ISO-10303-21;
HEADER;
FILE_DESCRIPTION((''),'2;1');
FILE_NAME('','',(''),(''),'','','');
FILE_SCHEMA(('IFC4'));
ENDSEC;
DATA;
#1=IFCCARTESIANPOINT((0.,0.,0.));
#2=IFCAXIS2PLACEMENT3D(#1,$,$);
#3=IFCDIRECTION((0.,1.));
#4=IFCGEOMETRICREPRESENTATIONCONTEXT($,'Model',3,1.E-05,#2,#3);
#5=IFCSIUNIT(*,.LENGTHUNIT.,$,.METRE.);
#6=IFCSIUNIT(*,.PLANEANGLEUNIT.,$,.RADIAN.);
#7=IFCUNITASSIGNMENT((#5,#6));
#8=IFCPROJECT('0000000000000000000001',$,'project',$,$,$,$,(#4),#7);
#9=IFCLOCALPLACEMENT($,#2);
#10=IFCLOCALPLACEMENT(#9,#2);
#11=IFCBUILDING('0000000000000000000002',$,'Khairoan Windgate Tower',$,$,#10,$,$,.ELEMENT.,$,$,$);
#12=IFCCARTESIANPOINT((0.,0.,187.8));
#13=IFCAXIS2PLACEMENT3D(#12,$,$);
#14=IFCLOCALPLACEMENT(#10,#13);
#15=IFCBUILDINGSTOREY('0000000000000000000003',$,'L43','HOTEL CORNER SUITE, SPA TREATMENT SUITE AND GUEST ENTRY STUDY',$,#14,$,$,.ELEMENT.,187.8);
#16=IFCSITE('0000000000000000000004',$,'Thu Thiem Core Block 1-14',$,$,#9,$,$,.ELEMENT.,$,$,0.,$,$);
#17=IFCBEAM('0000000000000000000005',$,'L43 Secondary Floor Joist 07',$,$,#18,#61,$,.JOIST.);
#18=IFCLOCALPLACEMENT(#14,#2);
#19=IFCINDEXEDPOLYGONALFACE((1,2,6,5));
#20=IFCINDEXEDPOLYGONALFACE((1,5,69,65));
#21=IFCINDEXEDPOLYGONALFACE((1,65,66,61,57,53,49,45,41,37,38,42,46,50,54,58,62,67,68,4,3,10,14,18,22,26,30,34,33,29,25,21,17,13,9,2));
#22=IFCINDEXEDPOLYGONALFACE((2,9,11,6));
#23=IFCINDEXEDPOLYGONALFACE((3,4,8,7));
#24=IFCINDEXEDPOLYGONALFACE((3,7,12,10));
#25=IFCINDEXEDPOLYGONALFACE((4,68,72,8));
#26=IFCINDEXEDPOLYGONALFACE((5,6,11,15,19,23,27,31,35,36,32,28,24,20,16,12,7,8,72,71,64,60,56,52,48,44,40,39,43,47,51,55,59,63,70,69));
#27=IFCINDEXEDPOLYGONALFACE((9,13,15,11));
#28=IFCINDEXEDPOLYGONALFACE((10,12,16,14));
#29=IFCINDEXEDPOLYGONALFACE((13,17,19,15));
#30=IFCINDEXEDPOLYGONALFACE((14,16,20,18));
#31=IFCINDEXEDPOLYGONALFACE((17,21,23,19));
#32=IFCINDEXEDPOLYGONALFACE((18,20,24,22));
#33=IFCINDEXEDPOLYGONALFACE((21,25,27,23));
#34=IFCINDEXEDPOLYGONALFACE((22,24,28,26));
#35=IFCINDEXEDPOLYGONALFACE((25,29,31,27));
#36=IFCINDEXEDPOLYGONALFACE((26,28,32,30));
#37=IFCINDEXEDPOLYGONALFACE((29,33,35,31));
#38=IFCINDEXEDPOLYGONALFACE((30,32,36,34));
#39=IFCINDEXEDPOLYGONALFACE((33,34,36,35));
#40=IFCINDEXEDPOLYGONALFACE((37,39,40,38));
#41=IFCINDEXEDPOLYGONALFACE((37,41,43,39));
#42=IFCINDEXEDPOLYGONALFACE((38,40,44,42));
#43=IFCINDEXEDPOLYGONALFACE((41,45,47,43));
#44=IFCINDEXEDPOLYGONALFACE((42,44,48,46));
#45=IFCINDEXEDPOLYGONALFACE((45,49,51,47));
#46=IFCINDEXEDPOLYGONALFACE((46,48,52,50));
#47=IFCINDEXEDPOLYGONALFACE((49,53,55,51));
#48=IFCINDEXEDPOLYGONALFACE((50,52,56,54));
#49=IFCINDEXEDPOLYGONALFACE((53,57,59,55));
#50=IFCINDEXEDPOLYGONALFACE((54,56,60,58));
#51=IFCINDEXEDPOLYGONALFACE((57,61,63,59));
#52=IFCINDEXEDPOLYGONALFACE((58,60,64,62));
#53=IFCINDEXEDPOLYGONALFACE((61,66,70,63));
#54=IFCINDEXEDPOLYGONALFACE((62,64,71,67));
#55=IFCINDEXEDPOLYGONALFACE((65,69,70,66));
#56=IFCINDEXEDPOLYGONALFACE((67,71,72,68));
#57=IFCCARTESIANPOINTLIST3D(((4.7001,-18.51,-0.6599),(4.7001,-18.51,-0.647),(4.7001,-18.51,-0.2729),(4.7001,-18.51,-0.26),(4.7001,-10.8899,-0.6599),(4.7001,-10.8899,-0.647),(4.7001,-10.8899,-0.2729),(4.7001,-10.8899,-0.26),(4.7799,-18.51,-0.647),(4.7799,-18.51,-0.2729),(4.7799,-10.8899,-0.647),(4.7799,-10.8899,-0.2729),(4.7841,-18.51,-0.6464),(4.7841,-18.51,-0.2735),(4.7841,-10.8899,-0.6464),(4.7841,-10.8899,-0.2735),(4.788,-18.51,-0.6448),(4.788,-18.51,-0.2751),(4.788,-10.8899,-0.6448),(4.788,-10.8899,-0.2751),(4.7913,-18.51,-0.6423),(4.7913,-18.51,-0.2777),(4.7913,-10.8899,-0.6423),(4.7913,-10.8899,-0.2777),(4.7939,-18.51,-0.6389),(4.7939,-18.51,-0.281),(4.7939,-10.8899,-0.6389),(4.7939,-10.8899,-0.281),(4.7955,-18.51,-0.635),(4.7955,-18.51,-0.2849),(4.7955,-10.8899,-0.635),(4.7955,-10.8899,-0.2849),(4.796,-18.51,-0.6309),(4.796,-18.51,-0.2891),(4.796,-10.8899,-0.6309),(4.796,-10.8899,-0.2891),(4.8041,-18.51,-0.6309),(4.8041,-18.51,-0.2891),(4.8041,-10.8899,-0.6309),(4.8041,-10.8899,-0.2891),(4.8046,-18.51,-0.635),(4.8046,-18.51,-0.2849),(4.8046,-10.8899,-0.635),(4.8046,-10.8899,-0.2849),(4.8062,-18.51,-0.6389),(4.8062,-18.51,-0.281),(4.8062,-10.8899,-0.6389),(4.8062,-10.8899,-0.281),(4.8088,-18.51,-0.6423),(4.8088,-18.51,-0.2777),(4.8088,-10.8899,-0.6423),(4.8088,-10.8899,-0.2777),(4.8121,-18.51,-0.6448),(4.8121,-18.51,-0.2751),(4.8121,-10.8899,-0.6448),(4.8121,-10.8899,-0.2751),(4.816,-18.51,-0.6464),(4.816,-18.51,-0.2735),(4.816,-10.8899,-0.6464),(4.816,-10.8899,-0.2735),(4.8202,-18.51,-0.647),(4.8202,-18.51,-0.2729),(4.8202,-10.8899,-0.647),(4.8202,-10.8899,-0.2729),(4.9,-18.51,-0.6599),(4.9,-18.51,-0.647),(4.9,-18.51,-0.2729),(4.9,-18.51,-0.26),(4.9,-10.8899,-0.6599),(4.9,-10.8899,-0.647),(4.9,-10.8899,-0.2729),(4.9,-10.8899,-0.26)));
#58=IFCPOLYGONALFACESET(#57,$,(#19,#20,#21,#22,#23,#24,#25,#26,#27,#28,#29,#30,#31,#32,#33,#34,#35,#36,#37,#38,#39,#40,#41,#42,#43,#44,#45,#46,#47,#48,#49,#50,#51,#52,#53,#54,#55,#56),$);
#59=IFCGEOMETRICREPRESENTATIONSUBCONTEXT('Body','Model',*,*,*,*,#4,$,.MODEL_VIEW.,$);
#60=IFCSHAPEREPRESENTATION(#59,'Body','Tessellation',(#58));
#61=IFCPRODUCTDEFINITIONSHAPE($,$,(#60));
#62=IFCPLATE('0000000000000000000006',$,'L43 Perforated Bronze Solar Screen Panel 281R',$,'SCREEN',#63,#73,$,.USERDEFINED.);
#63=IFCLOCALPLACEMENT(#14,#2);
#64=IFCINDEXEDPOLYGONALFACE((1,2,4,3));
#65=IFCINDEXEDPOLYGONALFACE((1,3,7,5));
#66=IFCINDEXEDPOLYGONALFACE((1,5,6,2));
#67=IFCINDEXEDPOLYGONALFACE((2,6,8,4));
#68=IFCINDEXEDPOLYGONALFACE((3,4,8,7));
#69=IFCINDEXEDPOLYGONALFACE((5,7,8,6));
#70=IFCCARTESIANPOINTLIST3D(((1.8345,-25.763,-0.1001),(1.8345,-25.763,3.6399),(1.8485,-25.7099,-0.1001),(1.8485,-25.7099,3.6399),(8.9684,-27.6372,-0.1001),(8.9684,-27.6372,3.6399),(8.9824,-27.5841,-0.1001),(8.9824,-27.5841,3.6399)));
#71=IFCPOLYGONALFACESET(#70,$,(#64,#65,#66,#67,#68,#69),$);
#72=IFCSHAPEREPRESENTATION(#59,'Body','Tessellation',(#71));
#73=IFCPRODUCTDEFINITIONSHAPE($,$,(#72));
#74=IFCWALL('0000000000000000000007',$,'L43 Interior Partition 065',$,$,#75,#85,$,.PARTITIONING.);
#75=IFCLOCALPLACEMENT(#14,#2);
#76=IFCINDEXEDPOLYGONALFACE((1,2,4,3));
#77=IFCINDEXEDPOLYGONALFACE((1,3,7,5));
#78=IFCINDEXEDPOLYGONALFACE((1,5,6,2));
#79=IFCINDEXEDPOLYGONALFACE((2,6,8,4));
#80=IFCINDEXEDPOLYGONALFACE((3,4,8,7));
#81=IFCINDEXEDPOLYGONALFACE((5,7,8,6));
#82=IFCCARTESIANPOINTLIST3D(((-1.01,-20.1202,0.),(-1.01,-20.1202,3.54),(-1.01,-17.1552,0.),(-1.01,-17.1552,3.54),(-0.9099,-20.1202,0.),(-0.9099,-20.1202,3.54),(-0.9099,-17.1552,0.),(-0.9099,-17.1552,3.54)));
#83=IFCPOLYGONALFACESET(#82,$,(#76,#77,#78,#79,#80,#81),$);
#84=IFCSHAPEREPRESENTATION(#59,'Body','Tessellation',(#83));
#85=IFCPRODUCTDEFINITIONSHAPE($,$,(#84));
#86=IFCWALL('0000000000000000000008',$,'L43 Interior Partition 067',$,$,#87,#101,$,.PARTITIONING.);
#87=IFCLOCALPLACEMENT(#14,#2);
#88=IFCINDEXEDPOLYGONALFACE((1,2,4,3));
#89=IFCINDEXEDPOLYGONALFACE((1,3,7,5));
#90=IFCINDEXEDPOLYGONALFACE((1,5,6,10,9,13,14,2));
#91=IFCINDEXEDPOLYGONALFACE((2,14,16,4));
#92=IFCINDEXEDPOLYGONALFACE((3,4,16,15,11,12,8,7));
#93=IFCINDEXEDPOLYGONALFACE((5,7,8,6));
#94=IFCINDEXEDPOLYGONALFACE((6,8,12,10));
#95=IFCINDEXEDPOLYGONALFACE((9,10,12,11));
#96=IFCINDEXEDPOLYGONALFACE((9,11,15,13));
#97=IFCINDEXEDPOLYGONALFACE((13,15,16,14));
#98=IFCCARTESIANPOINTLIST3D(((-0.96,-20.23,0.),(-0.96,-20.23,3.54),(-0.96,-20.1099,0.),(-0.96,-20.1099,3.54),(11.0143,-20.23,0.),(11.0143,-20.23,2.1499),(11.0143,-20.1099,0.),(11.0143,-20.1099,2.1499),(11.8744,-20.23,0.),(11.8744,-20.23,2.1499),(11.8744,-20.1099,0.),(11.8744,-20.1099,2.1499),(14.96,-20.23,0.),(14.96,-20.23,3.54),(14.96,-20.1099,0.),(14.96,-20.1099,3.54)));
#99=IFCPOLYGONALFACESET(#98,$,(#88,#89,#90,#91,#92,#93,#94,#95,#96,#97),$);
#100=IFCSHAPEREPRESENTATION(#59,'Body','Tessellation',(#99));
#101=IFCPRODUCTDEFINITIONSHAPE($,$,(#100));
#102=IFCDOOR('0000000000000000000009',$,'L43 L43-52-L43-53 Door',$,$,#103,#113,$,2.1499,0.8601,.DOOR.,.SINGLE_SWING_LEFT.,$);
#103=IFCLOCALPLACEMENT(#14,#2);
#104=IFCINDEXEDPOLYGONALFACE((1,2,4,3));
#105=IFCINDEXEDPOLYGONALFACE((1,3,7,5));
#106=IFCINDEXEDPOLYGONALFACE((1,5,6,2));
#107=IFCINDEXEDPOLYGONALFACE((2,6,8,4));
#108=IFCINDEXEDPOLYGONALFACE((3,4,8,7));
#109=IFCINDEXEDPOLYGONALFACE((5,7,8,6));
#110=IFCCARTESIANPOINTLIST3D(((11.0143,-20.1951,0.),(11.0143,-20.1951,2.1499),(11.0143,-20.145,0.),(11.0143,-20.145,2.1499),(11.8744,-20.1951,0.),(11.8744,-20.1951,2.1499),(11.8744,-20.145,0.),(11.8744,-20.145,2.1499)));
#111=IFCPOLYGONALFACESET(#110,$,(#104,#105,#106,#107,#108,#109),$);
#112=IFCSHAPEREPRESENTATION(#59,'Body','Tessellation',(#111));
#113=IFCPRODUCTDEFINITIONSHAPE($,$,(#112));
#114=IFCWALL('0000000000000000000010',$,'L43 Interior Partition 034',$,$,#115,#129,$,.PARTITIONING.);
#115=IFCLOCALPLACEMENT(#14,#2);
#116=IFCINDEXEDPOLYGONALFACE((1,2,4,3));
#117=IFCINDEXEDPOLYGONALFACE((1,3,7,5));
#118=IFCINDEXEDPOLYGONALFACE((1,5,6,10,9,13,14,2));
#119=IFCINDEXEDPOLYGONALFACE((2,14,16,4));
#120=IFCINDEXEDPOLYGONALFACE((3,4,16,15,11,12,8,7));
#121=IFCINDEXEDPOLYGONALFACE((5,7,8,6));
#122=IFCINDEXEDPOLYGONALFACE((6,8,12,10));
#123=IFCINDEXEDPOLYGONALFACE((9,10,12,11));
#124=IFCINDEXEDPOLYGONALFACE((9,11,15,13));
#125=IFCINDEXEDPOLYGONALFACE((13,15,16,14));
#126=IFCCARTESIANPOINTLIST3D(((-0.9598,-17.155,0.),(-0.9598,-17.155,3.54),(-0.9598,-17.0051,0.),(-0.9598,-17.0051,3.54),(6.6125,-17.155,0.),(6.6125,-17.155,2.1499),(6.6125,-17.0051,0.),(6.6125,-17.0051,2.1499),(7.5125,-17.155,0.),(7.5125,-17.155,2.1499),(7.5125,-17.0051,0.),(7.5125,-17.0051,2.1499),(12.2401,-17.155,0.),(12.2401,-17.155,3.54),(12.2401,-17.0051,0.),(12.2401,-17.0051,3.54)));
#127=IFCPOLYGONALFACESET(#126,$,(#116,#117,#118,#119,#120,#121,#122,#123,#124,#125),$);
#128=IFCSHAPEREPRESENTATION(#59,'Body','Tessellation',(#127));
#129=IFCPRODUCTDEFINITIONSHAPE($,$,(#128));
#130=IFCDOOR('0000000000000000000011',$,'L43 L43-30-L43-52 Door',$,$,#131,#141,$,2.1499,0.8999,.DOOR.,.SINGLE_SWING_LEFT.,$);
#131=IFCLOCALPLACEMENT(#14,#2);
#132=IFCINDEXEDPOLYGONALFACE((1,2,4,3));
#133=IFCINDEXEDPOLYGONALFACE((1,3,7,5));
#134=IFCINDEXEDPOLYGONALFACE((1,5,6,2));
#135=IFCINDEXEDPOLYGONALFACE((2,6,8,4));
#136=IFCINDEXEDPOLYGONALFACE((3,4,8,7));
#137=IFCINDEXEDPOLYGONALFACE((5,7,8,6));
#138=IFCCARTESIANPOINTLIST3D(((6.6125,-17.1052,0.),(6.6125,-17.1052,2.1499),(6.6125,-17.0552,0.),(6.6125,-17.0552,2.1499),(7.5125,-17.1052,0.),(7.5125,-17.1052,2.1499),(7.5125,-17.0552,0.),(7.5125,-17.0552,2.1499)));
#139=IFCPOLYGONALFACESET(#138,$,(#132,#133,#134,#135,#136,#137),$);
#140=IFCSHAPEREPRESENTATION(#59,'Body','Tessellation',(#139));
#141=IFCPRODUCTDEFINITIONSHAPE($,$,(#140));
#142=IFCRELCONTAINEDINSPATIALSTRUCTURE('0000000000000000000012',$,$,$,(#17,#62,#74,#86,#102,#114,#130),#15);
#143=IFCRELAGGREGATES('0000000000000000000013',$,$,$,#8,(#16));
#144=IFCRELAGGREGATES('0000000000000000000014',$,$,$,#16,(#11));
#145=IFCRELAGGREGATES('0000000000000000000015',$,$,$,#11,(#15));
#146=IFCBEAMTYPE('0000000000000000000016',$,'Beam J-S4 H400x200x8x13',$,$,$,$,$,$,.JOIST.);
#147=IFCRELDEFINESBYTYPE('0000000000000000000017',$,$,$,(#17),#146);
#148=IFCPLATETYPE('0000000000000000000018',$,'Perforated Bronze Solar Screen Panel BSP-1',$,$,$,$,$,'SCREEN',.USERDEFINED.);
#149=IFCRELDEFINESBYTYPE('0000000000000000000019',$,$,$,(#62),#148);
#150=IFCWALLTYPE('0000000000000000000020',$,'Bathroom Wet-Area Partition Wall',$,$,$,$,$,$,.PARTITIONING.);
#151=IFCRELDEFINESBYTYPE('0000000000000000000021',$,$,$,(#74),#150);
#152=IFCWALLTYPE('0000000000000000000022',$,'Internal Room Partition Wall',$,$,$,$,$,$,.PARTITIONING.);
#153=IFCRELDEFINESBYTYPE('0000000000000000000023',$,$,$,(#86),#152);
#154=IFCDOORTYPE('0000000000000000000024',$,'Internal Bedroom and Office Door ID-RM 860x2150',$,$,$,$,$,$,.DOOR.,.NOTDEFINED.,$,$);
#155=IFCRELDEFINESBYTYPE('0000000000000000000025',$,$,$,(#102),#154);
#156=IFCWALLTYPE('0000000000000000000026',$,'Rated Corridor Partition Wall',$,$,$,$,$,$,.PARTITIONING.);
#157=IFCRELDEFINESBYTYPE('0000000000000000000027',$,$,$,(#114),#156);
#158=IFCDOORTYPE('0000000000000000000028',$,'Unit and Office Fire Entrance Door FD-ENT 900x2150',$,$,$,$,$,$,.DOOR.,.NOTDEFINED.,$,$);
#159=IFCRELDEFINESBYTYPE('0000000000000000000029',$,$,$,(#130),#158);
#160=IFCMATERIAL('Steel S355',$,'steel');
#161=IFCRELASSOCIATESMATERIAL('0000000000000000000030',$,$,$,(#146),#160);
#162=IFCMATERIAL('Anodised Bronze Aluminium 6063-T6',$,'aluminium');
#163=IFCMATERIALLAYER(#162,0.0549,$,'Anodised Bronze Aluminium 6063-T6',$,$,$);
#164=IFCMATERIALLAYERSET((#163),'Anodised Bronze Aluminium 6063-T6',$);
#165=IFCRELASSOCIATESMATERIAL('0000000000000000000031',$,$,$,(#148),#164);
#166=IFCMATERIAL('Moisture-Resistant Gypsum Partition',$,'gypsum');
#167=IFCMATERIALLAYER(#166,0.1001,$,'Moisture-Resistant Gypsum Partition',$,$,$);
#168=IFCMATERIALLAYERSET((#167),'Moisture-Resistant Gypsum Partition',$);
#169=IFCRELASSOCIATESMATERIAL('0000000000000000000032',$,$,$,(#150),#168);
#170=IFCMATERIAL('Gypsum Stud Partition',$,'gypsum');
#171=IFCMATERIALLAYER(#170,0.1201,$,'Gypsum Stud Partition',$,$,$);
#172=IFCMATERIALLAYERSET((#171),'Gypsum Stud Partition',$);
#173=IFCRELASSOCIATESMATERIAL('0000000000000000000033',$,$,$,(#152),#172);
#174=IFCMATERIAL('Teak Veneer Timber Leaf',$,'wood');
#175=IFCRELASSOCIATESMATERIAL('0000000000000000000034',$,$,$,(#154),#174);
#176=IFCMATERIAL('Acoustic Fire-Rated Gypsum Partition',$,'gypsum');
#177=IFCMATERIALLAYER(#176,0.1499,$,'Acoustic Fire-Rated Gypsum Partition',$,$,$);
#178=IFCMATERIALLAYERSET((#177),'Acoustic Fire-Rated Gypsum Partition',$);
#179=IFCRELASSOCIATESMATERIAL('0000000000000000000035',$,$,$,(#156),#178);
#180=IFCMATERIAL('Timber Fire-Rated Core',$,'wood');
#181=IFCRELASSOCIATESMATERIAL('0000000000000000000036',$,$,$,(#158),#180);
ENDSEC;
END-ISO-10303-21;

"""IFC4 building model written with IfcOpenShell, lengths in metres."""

from ifc_helpers import new_model, si_unit, direction, frame, frame_2d, origin, origin_2d, place, context, subcontext, project, spatial, rectangle, i_section, extrude, material, layer, layer_set, material_profile, profile_set, type_object, element, fill, save


model = new_model("IFC4")

# Units and contexts
model_context = context("Model", 3, precision=1e-05, world=origin(), true_north=direction((0.0, 1.0)))
body_context = subcontext(model_context, "Body", "Model", "MODEL_VIEW")
ifc_project = project(units=[si_unit("LENGTHUNIT", "METRE"), si_unit("PLANEANGLEUNIT", "RADIAN")], contexts=[model_context])

# Site, building, storey
site_placement = place(None, origin())
site = spatial("IfcSite", under=ifc_project, at=site_placement, Name="Thu Thiem Core Block 1-14", CompositionType="ELEMENT", RefElevation=0.0)
building_placement = place(site_placement, origin())
building = spatial("IfcBuilding", under=site, at=building_placement, Name="Khairoan Windgate Tower", CompositionType="ELEMENT")
storey_placement = place(building_placement, frame((0.0, 0.0, 187.8)))
storey = spatial("IfcBuildingStorey", under=building, at=storey_placement, Name="L43", Description="HOTEL CORNER SUITE, SPA TREATMENT SUITE AND GUEST ENTRY STUDY", CompositionType="ELEMENT", Elevation=187.8)

# Beam
ifc_material_1 = material(Name="Steel S355", Category="steel")
ifc_material_profile_1 = material_profile(ifc_material_1, i_section(OverallWidth=0.2, OverallDepth=0.3999, WebThickness=0.0081, FlangeThickness=0.0129, FilletRadius=0.0161, at=origin_2d()))
ifc_profile_set_1 = profile_set([ifc_material_profile_1], Name="Steel S355")
beam_type_1 = type_object("IfcBeamType", Name="Beam J-S4 H400x200x8x13", PredefinedType="JOIST", material=ifc_profile_set_1)
beam_1_placement = place(storey_placement, frame((4.8, -18.51, -0.46), z_axis=(0.0, 1.0, 0.0), x_axis=(-1.0, 0.0, 0.0)))
element("IfcBeam", 1, at=beam_1_placement, inside=storey, type_object=beam_type_1, Name="L43 Secondary Floor Joist 07", PredefinedType="JOIST", context=body_context, shape_type="SweptSolid", body=[
    extrude(i_section(OverallWidth=0.2, OverallDepth=0.3999, WebThickness=0.0081, FlangeThickness=0.0129, FilletRadius=0.0161, at=origin_2d()), origin(), (0.0, 0.0, 1.0), 7.6201),
])

# Plate
ifc_material_2 = material(Name="Anodised Bronze Aluminium 6063-T6", Category="aluminium")
ifc_layer_1 = layer(ifc_material_2, 0.0549, Name="Anodised Bronze Aluminium 6063-T6")
ifc_layer_set_1 = layer_set([ifc_layer_1], Name="Anodised Bronze Aluminium 6063-T6")
plate_type = type_object("IfcPlateType", Name="Perforated Bronze Solar Screen Panel BSP-1", ElementType="SCREEN", PredefinedType="USERDEFINED", material=ifc_layer_set_1)
plate_placement = place(storey_placement, frame((5.4084, -26.6736, -0.1001), z_axis=(0.0, 0.0, 1.0), x_axis=(-0.967179, 0.254096, 0.0)))
element("IfcPlate", 2, at=plate_placement, inside=storey, type_object=plate_type, Name="L43 Perforated Bronze Solar Screen Panel 281R", ObjectType="SCREEN", PredefinedType="USERDEFINED", context=body_context, shape_type="SweptSolid", body=[
    extrude(rectangle(XDim=7.376, YDim=0.0549, at=origin_2d()), origin(), (0.0, 0.0, 1.0), 3.74),
])

# Wall
ifc_material_3 = material(Name="Moisture-Resistant Gypsum Partition", Category="gypsum")
ifc_layer_2 = layer(ifc_material_3, 0.1001, Name="Moisture-Resistant Gypsum Partition")
ifc_layer_set_2 = layer_set([ifc_layer_2], Name="Moisture-Resistant Gypsum Partition")
wall_type_1 = type_object("IfcWallType", Name="Bathroom Wet-Area Partition Wall", PredefinedType="PARTITIONING", material=ifc_layer_set_2)
wall_1_placement = place(storey_placement, frame((-0.96, -20.1201, 0.0), z_axis=(0.0, 0.0, 1.0), x_axis=(0.0, 1.0, 0.0)))
element("IfcWall", 3, at=wall_1_placement, inside=storey, type_object=wall_type_1, Name="L43 Interior Partition 065", PredefinedType="PARTITIONING", context=body_context, shape_type="SweptSolid", body=[
    extrude(rectangle(XDim=2.9651, YDim=0.1001, at=frame_2d((1.4824, 0.0))), origin(), (0.0, 0.0, 1.0), 3.54),
])

# Walls, openings, doors
ifc_material_4 = material(Name="Gypsum Stud Partition", Category="gypsum")
ifc_layer_3 = layer(ifc_material_4, 0.1201, Name="Gypsum Stud Partition")
ifc_layer_set_3 = layer_set([ifc_layer_3], Name="Gypsum Stud Partition")
wall_type_2 = type_object("IfcWallType", Name="Internal Room Partition Wall", PredefinedType="PARTITIONING", material=ifc_layer_set_3)
wall_2_placement = place(storey_placement, frame((-0.96, -20.1699, 0.0), z_axis=(0.0, 0.0, 1.0), x_axis=(1.0, 0.0, 0.0)))
wall_2 = element("IfcWall", 4, at=wall_2_placement, inside=storey, type_object=wall_type_2, Name="L43 Interior Partition 067", PredefinedType="PARTITIONING", context=body_context, shape_type="SweptSolid", body=[
    extrude(rectangle(XDim=15.9199, YDim=0.1201, at=frame_2d((7.96, 0.0))), origin(), (0.0, 0.0, 1.0), 3.54),
])
opening_1_placement = place(wall_2_placement, frame((11.9741, 0.0, 0.0)))
opening_1 = element("IfcOpeningElement", 5, at=opening_1_placement, cuts=wall_2, PredefinedType="OPENING", context=body_context, shape_type="SweptSolid", body=[
    extrude(rectangle(XDim=0.8601, YDim=2.1499, at=frame_2d((0.4302, 1.075))), frame((0.0, 0.0701, 0.0), z_axis=(0.0, -1.0, 0.0), x_axis=(1.0, 0.0, 0.0)), (0.0, 0.0, 1.0), 0.1401),
])
ifc_material_5 = material(Name="Teak Veneer Timber Leaf", Category="wood")
door_type_1 = type_object("IfcDoorType", Name="Internal Bedroom and Office Door ID-RM 860x2150", OperationType="NOTDEFINED", PredefinedType="DOOR", material=ifc_material_5)
door_1_placement = place(opening_1_placement, origin())
door_1 = element("IfcDoor", 6, at=door_1_placement, inside=storey, type_object=door_type_1, Name="L43 L43-52-L43-53 Door", OperationType="SINGLE_SWING_LEFT", OverallHeight=2.1499, OverallWidth=0.8601, PredefinedType="DOOR", context=body_context, shape_type="SweptSolid", body=[
    extrude(rectangle(XDim=0.8601, YDim=2.1499, at=frame_2d((0.4302, 1.075))), frame((0.0, 0.0249, 0.0), z_axis=(0.0, -1.0, 0.0), x_axis=(1.0, 0.0, 0.0)), (0.0, 0.0, 1.0), 0.05),
])
fill(opening_1, door_1)
ifc_material_6 = material(Name="Acoustic Fire-Rated Gypsum Partition", Category="gypsum")
ifc_layer_4 = layer(ifc_material_6, 0.1499, Name="Acoustic Fire-Rated Gypsum Partition")
ifc_layer_set_4 = layer_set([ifc_layer_4], Name="Acoustic Fire-Rated Gypsum Partition")
wall_type_3 = type_object("IfcWallType", Name="Rated Corridor Partition Wall", PredefinedType="PARTITIONING", material=ifc_layer_set_4)
wall_3_placement = place(storey_placement, frame((-0.96, -17.0801, 0.0), z_axis=(0.0, 0.0, 1.0), x_axis=(1.0, 0.0, 0.0)))
wall_3 = element("IfcWall", 7, at=wall_3_placement, inside=storey, type_object=wall_type_3, Name="L43 Interior Partition 034", PredefinedType="PARTITIONING", context=body_context, shape_type="SweptSolid", body=[
    extrude(rectangle(XDim=13.2, YDim=0.1499, at=frame_2d((6.6001, 0.0))), origin(), (0.0, 0.0, 1.0), 3.54),
])
opening_2_placement = place(wall_3_placement, frame((7.5725, 0.0, 0.0)))
opening_2 = element("IfcOpeningElement", 8, at=opening_2_placement, cuts=wall_3, PredefinedType="OPENING", context=body_context, shape_type="SweptSolid", body=[
    extrude(rectangle(XDim=0.8999, YDim=2.1499, at=frame_2d((0.45, 1.075))), frame((0.0, 0.085, 0.0), z_axis=(0.0, -1.0, 0.0), x_axis=(1.0, 0.0, 0.0)), (0.0, 0.0, 1.0), 0.1699),
])
ifc_material_7 = material(Name="Timber Fire-Rated Core", Category="wood")
door_type_2 = type_object("IfcDoorType", Name="Unit and Office Fire Entrance Door FD-ENT 900x2150", OperationType="NOTDEFINED", PredefinedType="DOOR", material=ifc_material_7)
door_2_placement = place(opening_2_placement, origin())
door_2 = element("IfcDoor", 9, at=door_2_placement, inside=storey, type_object=door_type_2, Name="L43 L43-30-L43-52 Door", OperationType="SINGLE_SWING_LEFT", OverallHeight=2.1499, OverallWidth=0.8999, PredefinedType="DOOR", context=body_context, shape_type="SweptSolid", body=[
    extrude(rectangle(XDim=0.8999, YDim=2.1499, at=frame_2d((0.45, 1.075))), frame((0.0, 0.0249, 0.0), z_axis=(0.0, -1.0, 0.0), x_axis=(1.0, 0.0, 0.0)), (0.0, 0.0, 1.0), 0.05),
])
fill(opening_2, door_2)

save(model, "model.ifc")
